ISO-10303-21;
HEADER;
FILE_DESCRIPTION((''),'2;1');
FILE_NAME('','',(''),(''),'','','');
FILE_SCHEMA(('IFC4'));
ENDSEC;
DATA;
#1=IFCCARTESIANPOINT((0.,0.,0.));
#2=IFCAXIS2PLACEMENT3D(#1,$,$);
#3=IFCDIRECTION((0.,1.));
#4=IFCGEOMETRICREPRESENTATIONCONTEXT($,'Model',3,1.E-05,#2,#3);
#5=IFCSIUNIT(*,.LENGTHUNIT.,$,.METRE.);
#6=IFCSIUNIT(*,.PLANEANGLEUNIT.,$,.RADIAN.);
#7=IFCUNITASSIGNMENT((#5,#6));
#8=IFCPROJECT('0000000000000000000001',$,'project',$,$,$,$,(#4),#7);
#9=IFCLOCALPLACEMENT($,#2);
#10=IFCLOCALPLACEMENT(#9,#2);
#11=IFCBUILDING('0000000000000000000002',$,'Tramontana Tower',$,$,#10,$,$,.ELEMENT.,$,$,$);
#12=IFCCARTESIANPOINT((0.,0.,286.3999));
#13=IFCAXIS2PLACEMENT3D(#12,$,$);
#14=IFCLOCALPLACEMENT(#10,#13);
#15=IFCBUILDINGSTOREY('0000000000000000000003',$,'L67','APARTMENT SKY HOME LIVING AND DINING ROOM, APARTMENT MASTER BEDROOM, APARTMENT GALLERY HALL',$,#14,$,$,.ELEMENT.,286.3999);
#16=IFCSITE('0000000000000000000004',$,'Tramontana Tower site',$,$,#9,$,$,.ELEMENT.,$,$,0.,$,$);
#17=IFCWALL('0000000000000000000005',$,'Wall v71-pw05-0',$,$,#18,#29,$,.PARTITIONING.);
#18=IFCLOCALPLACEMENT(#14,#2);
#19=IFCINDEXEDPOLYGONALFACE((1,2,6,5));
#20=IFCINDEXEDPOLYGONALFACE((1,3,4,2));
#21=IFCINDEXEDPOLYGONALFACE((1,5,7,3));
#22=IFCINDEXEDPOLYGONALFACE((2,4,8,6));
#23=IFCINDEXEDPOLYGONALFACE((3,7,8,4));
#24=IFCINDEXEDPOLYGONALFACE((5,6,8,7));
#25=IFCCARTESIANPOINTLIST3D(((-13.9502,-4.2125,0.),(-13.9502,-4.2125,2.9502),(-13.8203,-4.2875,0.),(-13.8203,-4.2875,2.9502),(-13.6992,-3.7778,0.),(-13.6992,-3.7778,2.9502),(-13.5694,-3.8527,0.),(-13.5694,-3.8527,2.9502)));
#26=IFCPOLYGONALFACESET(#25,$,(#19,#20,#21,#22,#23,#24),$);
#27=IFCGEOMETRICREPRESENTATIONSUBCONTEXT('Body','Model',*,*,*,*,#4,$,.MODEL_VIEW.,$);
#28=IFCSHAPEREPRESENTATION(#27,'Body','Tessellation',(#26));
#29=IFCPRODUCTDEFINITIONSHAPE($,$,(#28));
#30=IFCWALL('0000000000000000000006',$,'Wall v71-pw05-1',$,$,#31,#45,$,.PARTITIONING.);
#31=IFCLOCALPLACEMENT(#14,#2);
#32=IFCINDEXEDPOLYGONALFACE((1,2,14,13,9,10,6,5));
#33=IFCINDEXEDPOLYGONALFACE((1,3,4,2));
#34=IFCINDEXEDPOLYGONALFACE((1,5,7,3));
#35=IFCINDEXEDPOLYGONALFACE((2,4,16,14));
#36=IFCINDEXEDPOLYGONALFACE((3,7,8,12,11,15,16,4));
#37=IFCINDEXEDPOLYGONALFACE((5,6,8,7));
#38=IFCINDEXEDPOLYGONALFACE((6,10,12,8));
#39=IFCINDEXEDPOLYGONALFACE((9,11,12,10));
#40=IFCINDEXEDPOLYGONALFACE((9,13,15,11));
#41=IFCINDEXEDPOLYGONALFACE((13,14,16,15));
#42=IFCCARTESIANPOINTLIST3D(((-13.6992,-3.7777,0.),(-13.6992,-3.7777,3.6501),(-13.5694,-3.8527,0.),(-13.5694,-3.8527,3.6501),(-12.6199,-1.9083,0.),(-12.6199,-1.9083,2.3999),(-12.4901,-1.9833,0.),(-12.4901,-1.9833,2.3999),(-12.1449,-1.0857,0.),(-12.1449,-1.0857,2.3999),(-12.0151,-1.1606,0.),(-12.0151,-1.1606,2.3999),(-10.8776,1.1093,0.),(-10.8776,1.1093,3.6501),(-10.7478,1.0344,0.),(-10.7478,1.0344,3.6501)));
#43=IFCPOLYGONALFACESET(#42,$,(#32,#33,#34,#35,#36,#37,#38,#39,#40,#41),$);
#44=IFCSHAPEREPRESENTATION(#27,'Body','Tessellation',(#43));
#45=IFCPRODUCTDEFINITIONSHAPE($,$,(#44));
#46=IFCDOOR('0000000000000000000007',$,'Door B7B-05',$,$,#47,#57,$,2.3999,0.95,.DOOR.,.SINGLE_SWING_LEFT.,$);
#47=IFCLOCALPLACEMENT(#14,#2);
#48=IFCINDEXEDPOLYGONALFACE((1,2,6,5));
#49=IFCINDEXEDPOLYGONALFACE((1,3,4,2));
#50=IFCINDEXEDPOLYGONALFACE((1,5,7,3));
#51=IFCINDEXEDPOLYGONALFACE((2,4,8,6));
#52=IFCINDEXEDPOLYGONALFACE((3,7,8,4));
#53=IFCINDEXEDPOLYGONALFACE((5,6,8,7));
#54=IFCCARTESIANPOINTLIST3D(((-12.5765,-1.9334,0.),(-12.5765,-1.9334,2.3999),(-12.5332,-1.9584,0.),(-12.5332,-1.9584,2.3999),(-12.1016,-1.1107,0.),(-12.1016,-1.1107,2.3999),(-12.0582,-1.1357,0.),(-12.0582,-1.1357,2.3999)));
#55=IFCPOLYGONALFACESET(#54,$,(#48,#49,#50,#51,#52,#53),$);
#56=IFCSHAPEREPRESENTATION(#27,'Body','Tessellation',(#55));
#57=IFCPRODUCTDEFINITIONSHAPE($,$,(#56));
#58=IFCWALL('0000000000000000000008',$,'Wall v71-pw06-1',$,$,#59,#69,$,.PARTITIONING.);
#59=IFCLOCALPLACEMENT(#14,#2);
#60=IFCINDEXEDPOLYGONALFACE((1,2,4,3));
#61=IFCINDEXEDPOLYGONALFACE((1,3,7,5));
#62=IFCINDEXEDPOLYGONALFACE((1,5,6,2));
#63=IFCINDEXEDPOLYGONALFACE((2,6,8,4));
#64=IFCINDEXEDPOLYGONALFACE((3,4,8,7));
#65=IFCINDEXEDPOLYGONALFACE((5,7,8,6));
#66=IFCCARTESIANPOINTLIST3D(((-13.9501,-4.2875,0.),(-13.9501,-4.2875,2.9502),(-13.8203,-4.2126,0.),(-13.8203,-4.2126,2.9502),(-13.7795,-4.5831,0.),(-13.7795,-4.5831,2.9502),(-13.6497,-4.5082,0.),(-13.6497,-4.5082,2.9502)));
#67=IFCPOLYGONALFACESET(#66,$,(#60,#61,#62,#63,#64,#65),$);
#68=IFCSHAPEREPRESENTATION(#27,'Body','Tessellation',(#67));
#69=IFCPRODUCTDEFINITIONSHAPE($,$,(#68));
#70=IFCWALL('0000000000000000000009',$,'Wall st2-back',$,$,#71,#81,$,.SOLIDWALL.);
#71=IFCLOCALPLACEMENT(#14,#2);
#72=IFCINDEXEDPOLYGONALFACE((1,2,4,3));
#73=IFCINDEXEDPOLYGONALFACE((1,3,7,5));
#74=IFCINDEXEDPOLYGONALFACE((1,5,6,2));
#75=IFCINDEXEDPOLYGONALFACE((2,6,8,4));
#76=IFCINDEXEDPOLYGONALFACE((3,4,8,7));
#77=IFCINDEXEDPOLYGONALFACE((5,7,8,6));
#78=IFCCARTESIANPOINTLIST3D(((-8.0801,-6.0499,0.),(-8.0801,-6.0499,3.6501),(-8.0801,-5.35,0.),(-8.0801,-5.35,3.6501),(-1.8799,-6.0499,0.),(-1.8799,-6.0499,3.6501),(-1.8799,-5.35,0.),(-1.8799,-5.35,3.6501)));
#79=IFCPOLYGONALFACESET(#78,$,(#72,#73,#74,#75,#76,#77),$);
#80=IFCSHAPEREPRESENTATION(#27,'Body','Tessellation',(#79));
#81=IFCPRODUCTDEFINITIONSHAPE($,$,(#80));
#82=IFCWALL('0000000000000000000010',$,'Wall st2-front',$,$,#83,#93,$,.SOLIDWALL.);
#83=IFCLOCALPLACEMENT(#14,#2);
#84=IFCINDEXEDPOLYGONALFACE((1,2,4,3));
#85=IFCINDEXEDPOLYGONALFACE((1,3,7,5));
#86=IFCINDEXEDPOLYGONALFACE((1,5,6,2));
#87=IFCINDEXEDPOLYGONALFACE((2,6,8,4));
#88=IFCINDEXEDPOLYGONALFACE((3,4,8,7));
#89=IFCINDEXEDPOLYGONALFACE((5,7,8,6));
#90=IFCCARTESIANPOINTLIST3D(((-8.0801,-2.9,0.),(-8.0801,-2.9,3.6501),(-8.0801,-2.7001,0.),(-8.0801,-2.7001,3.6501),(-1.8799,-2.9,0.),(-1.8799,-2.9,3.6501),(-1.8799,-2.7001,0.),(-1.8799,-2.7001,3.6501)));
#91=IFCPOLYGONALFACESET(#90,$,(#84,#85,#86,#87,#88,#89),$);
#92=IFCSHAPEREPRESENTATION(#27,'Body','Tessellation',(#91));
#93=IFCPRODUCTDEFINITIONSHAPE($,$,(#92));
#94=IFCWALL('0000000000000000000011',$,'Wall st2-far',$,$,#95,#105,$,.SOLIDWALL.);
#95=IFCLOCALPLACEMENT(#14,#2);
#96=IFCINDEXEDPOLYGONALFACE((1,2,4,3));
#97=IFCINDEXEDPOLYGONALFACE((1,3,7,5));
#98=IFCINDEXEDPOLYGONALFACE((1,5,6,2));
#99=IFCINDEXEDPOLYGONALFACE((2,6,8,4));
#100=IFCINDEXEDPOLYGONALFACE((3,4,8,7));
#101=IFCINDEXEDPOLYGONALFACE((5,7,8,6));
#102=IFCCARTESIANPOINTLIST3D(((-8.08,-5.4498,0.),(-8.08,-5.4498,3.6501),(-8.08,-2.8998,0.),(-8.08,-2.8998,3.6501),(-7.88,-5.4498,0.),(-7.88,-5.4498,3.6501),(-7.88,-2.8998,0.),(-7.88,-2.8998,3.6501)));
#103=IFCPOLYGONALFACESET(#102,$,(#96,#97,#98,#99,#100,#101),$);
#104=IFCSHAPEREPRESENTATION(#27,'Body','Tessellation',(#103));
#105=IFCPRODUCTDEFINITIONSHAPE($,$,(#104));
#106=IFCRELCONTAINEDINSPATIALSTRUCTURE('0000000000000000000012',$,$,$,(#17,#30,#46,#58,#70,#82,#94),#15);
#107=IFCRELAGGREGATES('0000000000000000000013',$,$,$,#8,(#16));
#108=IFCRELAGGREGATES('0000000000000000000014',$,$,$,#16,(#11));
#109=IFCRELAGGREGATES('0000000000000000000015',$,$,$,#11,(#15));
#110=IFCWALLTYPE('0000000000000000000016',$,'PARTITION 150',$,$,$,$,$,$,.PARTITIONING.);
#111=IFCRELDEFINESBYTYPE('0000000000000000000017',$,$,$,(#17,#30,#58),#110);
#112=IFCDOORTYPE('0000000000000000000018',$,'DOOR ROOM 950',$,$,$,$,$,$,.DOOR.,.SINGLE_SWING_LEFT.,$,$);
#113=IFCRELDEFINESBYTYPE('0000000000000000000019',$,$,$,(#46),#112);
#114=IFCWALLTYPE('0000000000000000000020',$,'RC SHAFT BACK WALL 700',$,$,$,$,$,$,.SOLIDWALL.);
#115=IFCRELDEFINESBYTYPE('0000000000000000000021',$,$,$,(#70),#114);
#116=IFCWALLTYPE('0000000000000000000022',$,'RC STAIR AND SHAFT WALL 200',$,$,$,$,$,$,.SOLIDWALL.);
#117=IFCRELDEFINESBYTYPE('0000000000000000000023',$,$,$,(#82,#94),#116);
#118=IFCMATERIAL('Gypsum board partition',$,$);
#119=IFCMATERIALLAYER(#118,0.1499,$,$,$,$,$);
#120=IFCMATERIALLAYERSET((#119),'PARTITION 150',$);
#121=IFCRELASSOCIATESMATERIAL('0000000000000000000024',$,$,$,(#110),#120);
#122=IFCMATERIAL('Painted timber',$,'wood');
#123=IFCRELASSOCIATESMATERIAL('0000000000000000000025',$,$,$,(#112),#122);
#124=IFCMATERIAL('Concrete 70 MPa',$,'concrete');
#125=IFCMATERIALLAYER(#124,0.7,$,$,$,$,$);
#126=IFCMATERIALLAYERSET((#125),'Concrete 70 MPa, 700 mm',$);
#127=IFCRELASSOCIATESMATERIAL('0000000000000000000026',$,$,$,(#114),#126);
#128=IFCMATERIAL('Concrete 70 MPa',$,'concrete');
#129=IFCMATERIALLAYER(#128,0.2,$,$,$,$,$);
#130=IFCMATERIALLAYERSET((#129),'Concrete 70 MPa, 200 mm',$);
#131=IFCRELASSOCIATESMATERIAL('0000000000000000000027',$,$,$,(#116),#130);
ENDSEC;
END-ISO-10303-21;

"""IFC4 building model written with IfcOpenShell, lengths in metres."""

from ifc_helpers import new_model, si_unit, direction, frame, frame_2d, origin, place, context, subcontext, project, spatial, rectangle, extrude, material, layer, layer_set, type_object, element, fill, save


model = new_model("IFC4")

# Units and contexts
model_context = context("Model", 3, precision=1e-05, world=origin(), true_north=direction((0.0, 1.0)))
body_context = subcontext(model_context, "Body", "Model", "MODEL_VIEW")
ifc_project = project(units=[si_unit("LENGTHUNIT", "METRE"), si_unit("PLANEANGLEUNIT", "RADIAN")], contexts=[model_context])

# Site, building, storey
site_placement = place(None, origin())
site = spatial("IfcSite", under=ifc_project, at=site_placement, Name="Tramontana Tower site", CompositionType="ELEMENT", RefElevation=0.0)
building_placement = place(site_placement, origin())
building = spatial("IfcBuilding", under=site, at=building_placement, Name="Tramontana Tower", CompositionType="ELEMENT")
storey_placement = place(building_placement, frame((0.0, 0.0, 286.3999)))
storey = spatial("IfcBuildingStorey", under=building, at=storey_placement, Name="L67", Description="APARTMENT SKY HOME LIVING AND DINING ROOM, APARTMENT MASTER BEDROOM, APARTMENT GALLERY HALL", CompositionType="ELEMENT", Elevation=286.3999)

# Wall
ifc_material_1 = material(Name="Gypsum board partition")
ifc_layer_1 = layer(ifc_material_1, 0.1499)
ifc_layer_set_1 = layer_set([ifc_layer_1], Name="PARTITION 150")
wall_type_1 = type_object("IfcWallType", Name="PARTITION 150", PredefinedType="PARTITIONING", material=ifc_layer_set_1)
wall_1_placement = place(storey_placement, frame((-13.8853, -4.25, 0.0), z_axis=(0.0, 0.0, 1.0), x_axis=(0.499905, 0.86608, 0.0)))
element("IfcWall", 1, at=wall_1_placement, inside=storey, type_object=wall_type_1, Name="Wall v71-pw05-0", PredefinedType="PARTITIONING", context=body_context, shape_type="SweptSolid", body=[
    extrude(rectangle(XDim=0.502, YDim=0.1499, at=frame_2d((0.251, 0.0))), origin(), (0.0, 0.0, 1.0), 2.9502),
])

# Wall, opening, door
wall_2_placement = place(storey_placement, frame((-13.6343, -3.8152, 0.0), z_axis=(0.0, 0.0, 1.0), x_axis=(0.500006, 0.866022, 0.0)))
wall_2 = element("IfcWall", 2, at=wall_2_placement, inside=storey, type_object=wall_type_1, Name="Wall v71-pw05-1", PredefinedType="PARTITIONING", context=body_context, shape_type="SweptSolid", body=[
    extrude(rectangle(XDim=5.6431, YDim=0.1499, at=frame_2d((2.8215, 0.0))), origin(), (0.0, 0.0, 1.0), 3.6501),
])
opening_1_placement = place(wall_2_placement, frame((2.1584, 0.0, 0.0)))
opening_1 = element("IfcOpeningElement", 3, at=opening_1_placement, cuts=wall_2, PredefinedType="OPENING", context=body_context, shape_type="SweptSolid", body=[
    extrude(rectangle(XDim=0.95, YDim=2.3999, at=frame_2d((0.4751, 1.2))), frame((0.0, 0.085, 0.0), z_axis=(0.0, -1.0, 0.0), x_axis=(1.0, 0.0, 0.0)), (0.0, 0.0, 1.0), 0.1699),
])
ifc_material_2 = material(Name="Painted timber", Category="wood")
door_type = type_object("IfcDoorType", Name="DOOR ROOM 950", OperationType="SINGLE_SWING_LEFT", PredefinedType="DOOR", material=ifc_material_2)
door_placement = place(opening_1_placement, origin())
door = element("IfcDoor", 4, at=door_placement, inside=storey, type_object=door_type, Name="Door B7B-05", OperationType="SINGLE_SWING_LEFT", OverallHeight=2.3999, OverallWidth=0.95, PredefinedType="DOOR", context=body_context, shape_type="SweptSolid", body=[
    extrude(rectangle(XDim=0.95, YDim=2.3999, at=frame_2d((0.4751, 1.2))), frame((0.0, 0.0249, 0.0), z_axis=(0.0, -1.0, 0.0), x_axis=(1.0, 0.0, 0.0)), (0.0, 0.0, 1.0), 0.05),
])
fill(opening_1, door)

# Walls
wall_3_placement = place(storey_placement, frame((-13.7146, -4.5457, 0.0), z_axis=(0.0, 0.0, 1.0), x_axis=(-0.499908, 0.866078, 0.0)))
element("IfcWall", 5, at=wall_3_placement, inside=storey, type_object=wall_type_1, Name="Wall v71-pw06-1", PredefinedType="PARTITIONING", context=body_context, shape_type="SweptSolid", body=[
    extrude(rectangle(XDim=0.3413, YDim=0.1499, at=frame_2d((0.1707, 0.0))), origin(), (0.0, 0.0, 1.0), 2.9502),
])
ifc_material_3 = material(Name="Concrete 70 MPa", Category="concrete")
ifc_layer_2 = layer(ifc_material_3, 0.7)
ifc_layer_set_2 = layer_set([ifc_layer_2], Name="Concrete 70 MPa, 700 mm")
wall_type_2 = type_object("IfcWallType", Name="RC SHAFT BACK WALL 700", PredefinedType="SOLIDWALL", material=ifc_layer_set_2)
wall_4_placement = place(storey_placement, frame((-8.0801, -5.7, 0.0), z_axis=(0.0, 0.0, 1.0), x_axis=(1.0, 0.0, 0.0)))
element("IfcWall", 6, at=wall_4_placement, inside=storey, type_object=wall_type_2, Name="Wall st2-back", PredefinedType="SOLIDWALL", context=body_context, shape_type="SweptSolid", body=[
    extrude(rectangle(XDim=6.2002, YDim=0.7, at=frame_2d((3.1001, 0.0))), origin(), (0.0, 0.0, 1.0), 3.6501),
])
ifc_material_4 = material(Name="Concrete 70 MPa", Category="concrete")
ifc_layer_3 = layer(ifc_material_4, 0.2)
ifc_layer_set_3 = layer_set([ifc_layer_3], Name="Concrete 70 MPa, 200 mm")
wall_type_3 = type_object("IfcWallType", Name="RC STAIR AND SHAFT WALL 200", PredefinedType="SOLIDWALL", material=ifc_layer_set_3)
wall_5_placement = place(storey_placement, frame((-8.0801, -2.8, 0.0), z_axis=(0.0, 0.0, 1.0), x_axis=(1.0, 0.0, 0.0)))
element("IfcWall", 7, at=wall_5_placement, inside=storey, type_object=wall_type_3, Name="Wall st2-front", PredefinedType="SOLIDWALL", context=body_context, shape_type="SweptSolid", body=[
    extrude(rectangle(XDim=6.2002, YDim=0.2, at=frame_2d((3.1001, 0.0))), origin(), (0.0, 0.0, 1.0), 3.6501),
])
wall_6_placement = place(storey_placement, frame((-7.98, -2.8999, 0.0), z_axis=(0.0, 0.0, 1.0), x_axis=(0.0, -1.0, 0.0)))
element("IfcWall", 8, at=wall_6_placement, inside=storey, type_object=wall_type_3, Name="Wall st2-far", PredefinedType="SOLIDWALL", context=body_context, shape_type="SweptSolid", body=[
    extrude(rectangle(XDim=2.55, YDim=0.2, at=frame_2d((1.2749, 0.0))), origin(), (0.0, 0.0, 1.0), 3.6501),
])

save(model, "model.ifc")
